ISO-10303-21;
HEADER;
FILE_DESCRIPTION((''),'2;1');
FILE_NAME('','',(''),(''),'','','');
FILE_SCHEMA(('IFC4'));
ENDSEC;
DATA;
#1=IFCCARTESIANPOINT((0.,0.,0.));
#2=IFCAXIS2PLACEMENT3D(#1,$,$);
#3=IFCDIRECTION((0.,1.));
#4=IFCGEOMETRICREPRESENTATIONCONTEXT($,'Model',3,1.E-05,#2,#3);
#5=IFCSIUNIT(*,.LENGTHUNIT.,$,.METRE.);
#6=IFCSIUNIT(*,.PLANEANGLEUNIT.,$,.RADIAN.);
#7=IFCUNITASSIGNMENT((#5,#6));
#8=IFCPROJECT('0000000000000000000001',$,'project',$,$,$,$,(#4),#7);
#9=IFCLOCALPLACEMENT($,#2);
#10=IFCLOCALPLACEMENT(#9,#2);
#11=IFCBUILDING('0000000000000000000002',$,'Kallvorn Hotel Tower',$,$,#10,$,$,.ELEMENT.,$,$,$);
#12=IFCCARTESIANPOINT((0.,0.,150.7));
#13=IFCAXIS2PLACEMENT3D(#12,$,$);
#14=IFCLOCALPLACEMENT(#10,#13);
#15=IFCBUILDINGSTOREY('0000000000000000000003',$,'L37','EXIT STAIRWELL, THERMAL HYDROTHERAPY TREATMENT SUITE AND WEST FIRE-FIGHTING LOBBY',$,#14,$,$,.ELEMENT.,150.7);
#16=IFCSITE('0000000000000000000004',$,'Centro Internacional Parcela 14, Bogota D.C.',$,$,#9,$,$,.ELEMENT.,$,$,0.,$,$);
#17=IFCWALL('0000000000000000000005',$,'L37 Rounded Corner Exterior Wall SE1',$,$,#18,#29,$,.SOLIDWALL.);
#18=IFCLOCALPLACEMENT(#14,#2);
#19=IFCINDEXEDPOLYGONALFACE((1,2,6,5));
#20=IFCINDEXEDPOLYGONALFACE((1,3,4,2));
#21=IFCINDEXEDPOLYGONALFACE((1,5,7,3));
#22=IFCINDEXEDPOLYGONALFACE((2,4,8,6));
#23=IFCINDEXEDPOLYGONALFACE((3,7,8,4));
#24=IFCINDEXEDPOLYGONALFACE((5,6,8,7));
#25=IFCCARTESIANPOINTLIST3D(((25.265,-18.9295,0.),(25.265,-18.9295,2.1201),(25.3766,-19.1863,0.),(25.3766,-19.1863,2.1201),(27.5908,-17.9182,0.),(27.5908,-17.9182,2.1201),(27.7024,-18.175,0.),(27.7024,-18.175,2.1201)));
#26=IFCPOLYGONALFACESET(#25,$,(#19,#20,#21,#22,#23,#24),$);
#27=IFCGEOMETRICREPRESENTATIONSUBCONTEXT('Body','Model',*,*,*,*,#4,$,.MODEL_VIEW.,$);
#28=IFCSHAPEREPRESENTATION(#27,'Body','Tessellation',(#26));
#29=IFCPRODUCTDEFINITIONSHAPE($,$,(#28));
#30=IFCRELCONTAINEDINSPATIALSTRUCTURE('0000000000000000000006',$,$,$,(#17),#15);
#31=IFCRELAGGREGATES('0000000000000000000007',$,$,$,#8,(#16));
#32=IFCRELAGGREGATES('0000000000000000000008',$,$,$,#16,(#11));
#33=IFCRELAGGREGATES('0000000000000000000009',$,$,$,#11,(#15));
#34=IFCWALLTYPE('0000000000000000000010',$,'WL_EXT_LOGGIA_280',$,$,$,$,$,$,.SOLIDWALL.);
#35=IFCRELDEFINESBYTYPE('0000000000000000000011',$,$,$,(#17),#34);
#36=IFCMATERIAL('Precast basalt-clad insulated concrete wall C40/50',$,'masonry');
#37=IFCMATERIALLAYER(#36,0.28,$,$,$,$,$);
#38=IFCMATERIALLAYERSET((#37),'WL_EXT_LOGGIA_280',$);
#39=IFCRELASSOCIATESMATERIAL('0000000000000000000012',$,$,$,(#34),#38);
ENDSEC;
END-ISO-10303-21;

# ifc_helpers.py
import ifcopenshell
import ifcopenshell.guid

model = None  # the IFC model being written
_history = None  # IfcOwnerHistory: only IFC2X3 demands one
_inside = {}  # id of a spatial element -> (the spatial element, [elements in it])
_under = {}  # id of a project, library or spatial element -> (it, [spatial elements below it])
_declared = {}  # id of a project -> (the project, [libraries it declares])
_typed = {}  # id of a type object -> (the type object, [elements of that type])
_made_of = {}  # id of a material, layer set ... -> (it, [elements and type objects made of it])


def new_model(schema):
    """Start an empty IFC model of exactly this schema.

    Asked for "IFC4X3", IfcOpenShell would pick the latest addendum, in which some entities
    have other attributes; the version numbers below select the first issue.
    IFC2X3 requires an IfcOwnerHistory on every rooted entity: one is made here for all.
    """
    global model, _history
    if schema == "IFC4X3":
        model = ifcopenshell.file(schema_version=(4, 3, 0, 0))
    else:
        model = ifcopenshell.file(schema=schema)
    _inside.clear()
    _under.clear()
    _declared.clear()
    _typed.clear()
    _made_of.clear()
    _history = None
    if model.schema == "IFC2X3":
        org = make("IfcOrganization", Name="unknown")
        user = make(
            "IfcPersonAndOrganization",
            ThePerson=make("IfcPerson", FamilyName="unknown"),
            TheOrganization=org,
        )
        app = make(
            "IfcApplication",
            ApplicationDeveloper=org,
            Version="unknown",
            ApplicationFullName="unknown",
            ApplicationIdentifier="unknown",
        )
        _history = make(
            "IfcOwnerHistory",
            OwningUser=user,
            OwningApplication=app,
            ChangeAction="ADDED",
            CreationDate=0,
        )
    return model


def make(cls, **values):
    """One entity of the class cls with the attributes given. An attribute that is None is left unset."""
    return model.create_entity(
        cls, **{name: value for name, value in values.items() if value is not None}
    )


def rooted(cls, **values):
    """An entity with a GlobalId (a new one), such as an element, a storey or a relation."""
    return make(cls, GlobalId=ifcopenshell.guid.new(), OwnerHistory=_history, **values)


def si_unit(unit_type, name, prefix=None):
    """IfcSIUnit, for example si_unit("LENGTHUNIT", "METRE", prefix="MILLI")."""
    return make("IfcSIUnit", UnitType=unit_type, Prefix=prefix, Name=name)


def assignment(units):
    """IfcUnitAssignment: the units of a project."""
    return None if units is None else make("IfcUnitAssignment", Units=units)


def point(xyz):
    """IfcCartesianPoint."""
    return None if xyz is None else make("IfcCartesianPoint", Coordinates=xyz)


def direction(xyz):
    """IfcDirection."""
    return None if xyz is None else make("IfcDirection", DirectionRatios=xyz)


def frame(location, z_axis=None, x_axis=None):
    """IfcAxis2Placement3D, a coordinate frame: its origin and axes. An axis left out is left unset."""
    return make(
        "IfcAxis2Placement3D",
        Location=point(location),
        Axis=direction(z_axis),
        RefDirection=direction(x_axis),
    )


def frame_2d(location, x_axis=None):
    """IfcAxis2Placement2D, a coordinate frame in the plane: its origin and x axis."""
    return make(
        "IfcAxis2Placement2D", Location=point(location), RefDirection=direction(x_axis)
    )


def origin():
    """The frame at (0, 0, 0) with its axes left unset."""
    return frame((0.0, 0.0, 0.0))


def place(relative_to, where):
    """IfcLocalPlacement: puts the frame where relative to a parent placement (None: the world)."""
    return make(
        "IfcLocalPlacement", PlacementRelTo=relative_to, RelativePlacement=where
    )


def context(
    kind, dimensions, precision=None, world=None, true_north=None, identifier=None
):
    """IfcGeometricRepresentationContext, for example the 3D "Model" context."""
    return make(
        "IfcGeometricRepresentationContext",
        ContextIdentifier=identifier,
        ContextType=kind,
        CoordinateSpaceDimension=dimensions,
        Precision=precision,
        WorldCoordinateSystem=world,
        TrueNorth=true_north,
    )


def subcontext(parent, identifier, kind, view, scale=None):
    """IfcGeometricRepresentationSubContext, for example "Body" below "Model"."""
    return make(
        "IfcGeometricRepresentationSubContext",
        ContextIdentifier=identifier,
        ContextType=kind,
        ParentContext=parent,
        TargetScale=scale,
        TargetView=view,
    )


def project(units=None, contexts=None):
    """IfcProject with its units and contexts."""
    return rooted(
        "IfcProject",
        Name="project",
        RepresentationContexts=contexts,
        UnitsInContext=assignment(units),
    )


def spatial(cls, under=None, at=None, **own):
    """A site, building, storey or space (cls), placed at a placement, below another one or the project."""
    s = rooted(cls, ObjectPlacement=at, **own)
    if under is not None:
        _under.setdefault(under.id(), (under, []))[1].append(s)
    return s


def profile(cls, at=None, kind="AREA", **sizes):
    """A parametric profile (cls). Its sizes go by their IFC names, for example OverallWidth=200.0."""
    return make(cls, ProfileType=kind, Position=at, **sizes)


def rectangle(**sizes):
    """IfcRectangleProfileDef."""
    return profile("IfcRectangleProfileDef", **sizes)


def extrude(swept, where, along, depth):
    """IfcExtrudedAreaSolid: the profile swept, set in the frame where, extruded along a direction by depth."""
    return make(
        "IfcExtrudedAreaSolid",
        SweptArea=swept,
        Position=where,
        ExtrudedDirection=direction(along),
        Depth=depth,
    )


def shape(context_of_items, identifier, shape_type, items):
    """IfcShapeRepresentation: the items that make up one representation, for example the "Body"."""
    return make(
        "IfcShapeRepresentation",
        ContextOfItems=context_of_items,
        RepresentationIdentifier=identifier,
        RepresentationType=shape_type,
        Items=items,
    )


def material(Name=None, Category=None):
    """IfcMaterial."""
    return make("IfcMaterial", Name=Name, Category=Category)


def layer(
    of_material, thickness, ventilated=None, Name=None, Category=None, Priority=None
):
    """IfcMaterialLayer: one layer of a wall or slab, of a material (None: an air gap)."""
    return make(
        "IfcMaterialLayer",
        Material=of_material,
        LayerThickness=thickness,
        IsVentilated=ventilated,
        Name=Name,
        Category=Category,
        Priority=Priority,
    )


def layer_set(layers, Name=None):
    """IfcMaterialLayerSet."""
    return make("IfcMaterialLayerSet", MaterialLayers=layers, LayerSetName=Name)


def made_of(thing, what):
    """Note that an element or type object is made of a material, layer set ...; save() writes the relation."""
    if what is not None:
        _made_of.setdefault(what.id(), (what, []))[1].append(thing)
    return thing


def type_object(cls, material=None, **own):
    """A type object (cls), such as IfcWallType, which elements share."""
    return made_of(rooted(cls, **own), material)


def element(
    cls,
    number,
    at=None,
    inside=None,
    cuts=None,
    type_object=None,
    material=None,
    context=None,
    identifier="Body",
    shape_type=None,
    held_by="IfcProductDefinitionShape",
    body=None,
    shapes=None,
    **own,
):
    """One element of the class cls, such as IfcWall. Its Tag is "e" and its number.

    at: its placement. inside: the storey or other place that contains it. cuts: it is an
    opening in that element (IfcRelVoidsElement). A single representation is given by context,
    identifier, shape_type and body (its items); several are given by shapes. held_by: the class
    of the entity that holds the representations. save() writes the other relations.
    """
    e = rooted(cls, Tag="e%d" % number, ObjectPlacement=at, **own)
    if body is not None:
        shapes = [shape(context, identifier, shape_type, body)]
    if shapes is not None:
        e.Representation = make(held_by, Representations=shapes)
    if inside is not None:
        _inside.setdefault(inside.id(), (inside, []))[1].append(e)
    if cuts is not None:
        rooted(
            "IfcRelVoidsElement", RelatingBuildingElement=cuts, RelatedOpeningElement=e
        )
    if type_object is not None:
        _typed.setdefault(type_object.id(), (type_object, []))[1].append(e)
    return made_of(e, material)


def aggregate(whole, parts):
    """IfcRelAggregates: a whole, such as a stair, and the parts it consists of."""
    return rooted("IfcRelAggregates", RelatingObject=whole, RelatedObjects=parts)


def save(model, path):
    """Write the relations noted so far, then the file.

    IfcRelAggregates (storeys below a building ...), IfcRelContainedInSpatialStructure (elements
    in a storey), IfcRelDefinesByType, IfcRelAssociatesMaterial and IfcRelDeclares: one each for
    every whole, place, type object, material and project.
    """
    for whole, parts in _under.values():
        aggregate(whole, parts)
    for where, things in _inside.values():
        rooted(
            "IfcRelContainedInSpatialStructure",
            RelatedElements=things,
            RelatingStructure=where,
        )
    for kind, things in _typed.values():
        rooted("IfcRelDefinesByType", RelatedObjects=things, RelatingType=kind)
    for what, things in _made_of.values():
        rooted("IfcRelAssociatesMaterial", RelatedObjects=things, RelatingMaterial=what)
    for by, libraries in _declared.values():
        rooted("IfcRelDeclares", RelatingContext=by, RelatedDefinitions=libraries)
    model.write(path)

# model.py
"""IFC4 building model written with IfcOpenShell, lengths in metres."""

from ifc_helpers import new_model, si_unit, direction, frame, frame_2d, origin, place, context, subcontext, project, spatial, rectangle, extrude, material, layer, layer_set, type_object, element, save


model = new_model("IFC4")

# Units and contexts
model_context = context("Model", 3, precision=1e-05, world=origin(), true_north=direction((0.0, 1.0)))
body_context = subcontext(model_context, "Body", "Model", "MODEL_VIEW")
ifc_project = project(units=[si_unit("LENGTHUNIT", "METRE"), si_unit("PLANEANGLEUNIT", "RADIAN")], contexts=[model_context])

# Site, building, storey
site_placement = place(None, origin())
site = spatial("IfcSite", under=ifc_project, at=site_placement, Name="Centro Internacional Parcela 14, Bogota D.C.", CompositionType="ELEMENT", RefElevation=0.0)
building_placement = place(site_placement, origin())
building = spatial("IfcBuilding", under=site, at=building_placement, Name="Kallvorn Hotel Tower", CompositionType="ELEMENT")
storey_placement = place(building_placement, frame((0.0, 0.0, 150.7)))
storey = spatial("IfcBuildingStorey", under=building, at=storey_placement, Name="L37", Description="EXIT STAIRWELL, THERMAL HYDROTHERAPY TREATMENT SUITE AND WEST FIRE-FIGHTING LOBBY", CompositionType="ELEMENT", Elevation=150.7)

# Wall
ifc_material_1 = material(Name="Precast basalt-clad insulated concrete wall C40/50", Category="masonry")
ifc_layer_1 = layer(ifc_material_1, 0.28)
ifc_layer_set_1 = layer_set([ifc_layer_1], Name="WL_EXT_LOGGIA_280")
wall_type = type_object("IfcWallType", Name="WL_EXT_LOGGIA_280", PredefinedType="SOLIDWALL", material=ifc_layer_set_1)
wall_placement = place(storey_placement, frame((25.3208, -19.0579, 0.0), z_axis=(0.0, 0.0, 1.0), x_axis=(0.917061, 0.398747, 0.0)))
element("IfcWall", 1, at=wall_placement, inside=storey, type_object=wall_type, Name="L37 Rounded Corner Exterior Wall SE1", PredefinedType="SOLIDWALL", context=body_context, shape_type="SweptSolid", body=[
    extrude(rectangle(XDim=2.5361, YDim=0.28, at=frame_2d((1.2681, 0.0))), origin(), (0.0, 0.0, 1.0), 2.1201),
])

save(model, "model.ifc")
